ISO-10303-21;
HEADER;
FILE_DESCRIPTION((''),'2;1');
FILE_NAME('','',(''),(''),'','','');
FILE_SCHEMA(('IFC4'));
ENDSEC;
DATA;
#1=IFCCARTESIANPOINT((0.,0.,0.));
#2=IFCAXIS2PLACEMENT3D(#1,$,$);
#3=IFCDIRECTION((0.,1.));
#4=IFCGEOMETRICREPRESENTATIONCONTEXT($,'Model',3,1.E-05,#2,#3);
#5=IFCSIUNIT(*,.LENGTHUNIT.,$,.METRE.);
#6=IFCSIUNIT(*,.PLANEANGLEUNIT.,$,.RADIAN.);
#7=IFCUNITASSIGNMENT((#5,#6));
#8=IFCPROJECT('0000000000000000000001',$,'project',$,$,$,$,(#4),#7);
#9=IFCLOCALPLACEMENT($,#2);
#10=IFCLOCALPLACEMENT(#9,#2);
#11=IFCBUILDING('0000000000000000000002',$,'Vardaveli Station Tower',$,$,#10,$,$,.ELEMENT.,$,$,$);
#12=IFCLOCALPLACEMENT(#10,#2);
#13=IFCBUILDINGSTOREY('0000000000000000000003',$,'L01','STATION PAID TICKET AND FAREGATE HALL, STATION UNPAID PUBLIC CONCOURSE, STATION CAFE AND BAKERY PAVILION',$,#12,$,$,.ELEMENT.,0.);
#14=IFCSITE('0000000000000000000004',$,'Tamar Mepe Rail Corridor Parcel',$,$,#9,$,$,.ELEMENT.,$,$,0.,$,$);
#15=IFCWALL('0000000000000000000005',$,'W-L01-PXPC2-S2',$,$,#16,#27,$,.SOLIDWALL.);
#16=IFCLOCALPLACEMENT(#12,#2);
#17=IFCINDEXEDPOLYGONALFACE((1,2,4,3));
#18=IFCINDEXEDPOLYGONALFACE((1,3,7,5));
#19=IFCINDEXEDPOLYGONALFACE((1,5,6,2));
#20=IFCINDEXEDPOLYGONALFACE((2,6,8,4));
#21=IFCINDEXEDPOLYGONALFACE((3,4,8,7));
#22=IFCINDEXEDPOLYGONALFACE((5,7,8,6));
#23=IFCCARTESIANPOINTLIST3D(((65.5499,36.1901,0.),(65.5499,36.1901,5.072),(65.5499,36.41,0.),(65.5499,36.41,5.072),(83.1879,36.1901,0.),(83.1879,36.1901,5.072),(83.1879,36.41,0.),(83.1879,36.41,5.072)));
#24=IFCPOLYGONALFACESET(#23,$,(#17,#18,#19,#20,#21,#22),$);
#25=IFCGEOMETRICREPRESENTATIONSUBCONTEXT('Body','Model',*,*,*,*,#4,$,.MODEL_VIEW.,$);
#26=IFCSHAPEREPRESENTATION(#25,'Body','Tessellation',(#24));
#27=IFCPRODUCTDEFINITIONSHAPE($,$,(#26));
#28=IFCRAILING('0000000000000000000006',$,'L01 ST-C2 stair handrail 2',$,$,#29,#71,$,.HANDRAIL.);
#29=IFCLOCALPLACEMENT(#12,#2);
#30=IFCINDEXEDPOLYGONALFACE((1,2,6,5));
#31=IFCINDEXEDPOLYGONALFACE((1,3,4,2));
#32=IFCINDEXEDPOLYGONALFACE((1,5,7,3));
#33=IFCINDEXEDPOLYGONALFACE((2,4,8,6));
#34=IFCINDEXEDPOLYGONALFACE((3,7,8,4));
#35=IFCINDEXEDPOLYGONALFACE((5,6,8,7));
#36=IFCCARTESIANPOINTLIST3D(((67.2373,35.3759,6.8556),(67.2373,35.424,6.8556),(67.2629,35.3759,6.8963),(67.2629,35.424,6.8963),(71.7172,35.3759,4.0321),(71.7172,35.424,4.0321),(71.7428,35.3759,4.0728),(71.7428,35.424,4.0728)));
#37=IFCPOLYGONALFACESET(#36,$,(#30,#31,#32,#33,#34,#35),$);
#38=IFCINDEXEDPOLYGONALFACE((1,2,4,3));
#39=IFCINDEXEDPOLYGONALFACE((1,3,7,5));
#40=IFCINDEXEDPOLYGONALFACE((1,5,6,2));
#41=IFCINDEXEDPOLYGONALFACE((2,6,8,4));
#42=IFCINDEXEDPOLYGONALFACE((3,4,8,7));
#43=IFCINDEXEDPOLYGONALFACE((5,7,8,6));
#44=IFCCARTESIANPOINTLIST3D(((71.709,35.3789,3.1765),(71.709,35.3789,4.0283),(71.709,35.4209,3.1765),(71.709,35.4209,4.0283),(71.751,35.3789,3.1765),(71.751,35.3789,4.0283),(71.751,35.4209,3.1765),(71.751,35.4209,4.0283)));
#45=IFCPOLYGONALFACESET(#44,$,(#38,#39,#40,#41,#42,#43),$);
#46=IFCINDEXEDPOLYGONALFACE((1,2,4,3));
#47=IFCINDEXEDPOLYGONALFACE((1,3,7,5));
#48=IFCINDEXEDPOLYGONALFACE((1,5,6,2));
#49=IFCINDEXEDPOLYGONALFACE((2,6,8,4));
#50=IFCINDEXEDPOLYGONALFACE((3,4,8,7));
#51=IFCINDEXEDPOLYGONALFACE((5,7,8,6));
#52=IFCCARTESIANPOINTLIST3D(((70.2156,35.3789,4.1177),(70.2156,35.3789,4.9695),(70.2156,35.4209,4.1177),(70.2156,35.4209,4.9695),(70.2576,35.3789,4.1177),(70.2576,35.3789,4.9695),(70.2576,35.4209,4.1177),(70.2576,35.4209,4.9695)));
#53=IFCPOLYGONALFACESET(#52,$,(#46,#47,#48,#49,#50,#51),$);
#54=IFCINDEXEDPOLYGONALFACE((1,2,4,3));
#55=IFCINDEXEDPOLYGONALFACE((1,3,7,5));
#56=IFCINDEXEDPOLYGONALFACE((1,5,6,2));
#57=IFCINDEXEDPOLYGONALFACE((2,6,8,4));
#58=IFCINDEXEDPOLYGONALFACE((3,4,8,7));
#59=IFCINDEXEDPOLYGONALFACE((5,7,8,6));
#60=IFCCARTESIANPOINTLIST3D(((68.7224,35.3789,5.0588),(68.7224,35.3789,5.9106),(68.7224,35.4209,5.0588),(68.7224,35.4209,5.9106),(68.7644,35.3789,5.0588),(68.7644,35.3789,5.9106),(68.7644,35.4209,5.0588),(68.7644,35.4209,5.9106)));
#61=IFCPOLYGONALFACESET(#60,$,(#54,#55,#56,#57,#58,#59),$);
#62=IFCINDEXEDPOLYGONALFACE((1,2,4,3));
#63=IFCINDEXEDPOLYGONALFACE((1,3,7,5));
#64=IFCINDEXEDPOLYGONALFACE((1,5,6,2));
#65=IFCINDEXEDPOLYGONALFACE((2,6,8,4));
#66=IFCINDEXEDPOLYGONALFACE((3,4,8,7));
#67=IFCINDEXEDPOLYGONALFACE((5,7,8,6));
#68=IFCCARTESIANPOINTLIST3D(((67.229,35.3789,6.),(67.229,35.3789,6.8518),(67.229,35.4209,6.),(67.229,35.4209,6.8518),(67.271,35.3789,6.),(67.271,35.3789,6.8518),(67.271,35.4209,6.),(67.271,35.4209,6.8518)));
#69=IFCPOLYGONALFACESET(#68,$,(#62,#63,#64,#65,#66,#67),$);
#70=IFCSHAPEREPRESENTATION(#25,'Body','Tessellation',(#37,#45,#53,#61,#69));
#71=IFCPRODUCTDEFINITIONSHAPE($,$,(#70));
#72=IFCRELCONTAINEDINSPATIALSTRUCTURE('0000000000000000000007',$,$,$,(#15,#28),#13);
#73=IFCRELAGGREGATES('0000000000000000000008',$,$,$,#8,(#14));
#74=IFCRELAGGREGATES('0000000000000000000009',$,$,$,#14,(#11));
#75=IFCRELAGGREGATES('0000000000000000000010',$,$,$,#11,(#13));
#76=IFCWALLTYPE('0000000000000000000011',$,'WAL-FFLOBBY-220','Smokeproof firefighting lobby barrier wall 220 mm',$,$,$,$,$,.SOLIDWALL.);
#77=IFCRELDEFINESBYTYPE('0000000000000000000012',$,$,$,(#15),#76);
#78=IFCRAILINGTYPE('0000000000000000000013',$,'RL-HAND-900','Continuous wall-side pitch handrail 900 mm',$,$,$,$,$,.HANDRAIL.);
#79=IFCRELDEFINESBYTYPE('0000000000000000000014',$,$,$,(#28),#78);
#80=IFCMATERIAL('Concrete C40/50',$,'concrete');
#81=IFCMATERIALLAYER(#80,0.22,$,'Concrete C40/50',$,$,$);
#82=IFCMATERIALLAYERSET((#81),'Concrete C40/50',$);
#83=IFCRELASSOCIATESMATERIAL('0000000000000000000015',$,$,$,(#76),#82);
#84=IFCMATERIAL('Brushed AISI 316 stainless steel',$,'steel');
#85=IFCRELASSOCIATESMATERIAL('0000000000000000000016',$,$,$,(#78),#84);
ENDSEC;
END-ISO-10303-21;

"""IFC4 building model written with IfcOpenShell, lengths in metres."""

from ifc_helpers import new_model, si_unit, direction, frame, frame_2d, origin, origin_2d, place, context, subcontext, project, spatial, rectangle, extrude, source, transform, mapped, material, layer, layer_set, type_object, element, save


model = new_model("IFC4")

# Units and contexts
model_context = context("Model", 3, precision=1e-05, world=origin(), true_north=direction((0.0, 1.0)))
body_context = subcontext(model_context, "Body", "Model", "MODEL_VIEW")
ifc_project = project(units=[si_unit("LENGTHUNIT", "METRE"), si_unit("PLANEANGLEUNIT", "RADIAN")], contexts=[model_context])

# Site, building, storey
site_placement = place(None, origin())
site = spatial("IfcSite", under=ifc_project, at=site_placement, Name="Tamar Mepe Rail Corridor Parcel", CompositionType="ELEMENT", RefElevation=0.0)
building_placement = place(site_placement, origin())
building = spatial("IfcBuilding", under=site, at=building_placement, Name="Vardaveli Station Tower", CompositionType="ELEMENT")
storey_placement = place(building_placement, origin())
storey = spatial("IfcBuildingStorey", under=building, at=storey_placement, Name="L01", Description="STATION PAID TICKET AND FAREGATE HALL, STATION UNPAID PUBLIC CONCOURSE, STATION CAFE AND BAKERY PAVILION", CompositionType="ELEMENT", Elevation=0.0)

# Wall
ifc_material_1 = material(Name="Concrete C40/50", Category="concrete")
ifc_layer_1 = layer(ifc_material_1, 0.22, Name="Concrete C40/50")
ifc_layer_set_1 = layer_set([ifc_layer_1], Name="Concrete C40/50")
wall_type_1 = type_object("IfcWallType", Name="WAL-FFLOBBY-220", Description="Smokeproof firefighting lobby barrier wall 220 mm", PredefinedType="SOLIDWALL", material=ifc_layer_set_1)
shared_shape_1 = source(origin(), body_context, "Body", "SweptSolid", [
    extrude(rectangle(XDim=17.6379, YDim=0.22, at=frame_2d((8.8188, 0.0))), origin(), (0.0, 0.0, 1.0), 5.072),
])
wall_1_placement = place(storey_placement, frame((65.55, 36.3, 0.0), z_axis=(0.0, 0.0, 1.0), x_axis=(1.0, 0.0, 0.0)))
element("IfcWall", 1, at=wall_1_placement, inside=storey, type_object=wall_type_1, Name="W-L01-PXPC2-S2", PredefinedType="SOLIDWALL", context=body_context, shape_type="MappedRepresentation", body=[
    mapped(shared_shape_1, transform((0.0, 0.0, 0.0), scale=1.0)),
])

# Railing
ifc_material_2 = material(Name="Brushed AISI 316 stainless steel", Category="steel")
railing_type_1 = type_object("IfcRailingType", Name="RL-HAND-900", Description="Continuous wall-side pitch handrail 900 mm", PredefinedType="HANDRAIL", material=ifc_material_2)
shared_shape_2 = source(origin(), body_context, "Body", "SweptSolid", [
    extrude(rectangle(XDim=0.0481, YDim=0.0481, at=origin_2d()), frame((0.0, 0.0, 0.876), z_axis=(-0.845998, 0.0, 0.533186), x_axis=(0.0, -1.0, 0.0)), (0.0, 0.0, 1.0), 5.2954),
    extrude(rectangle(XDim=0.042, YDim=0.042, at=origin_2d()), origin(), (0.0, 0.0, 1.0), 0.8518),
    extrude(rectangle(XDim=0.042, YDim=0.042, at=origin_2d()), frame((-1.4934, 0.0, 0.9412)), (0.0, 0.0, 1.0), 0.8518),
    extrude(rectangle(XDim=0.042, YDim=0.042, at=origin_2d()), frame((-2.9866, 0.0, 1.8823)), (0.0, 0.0, 1.0), 0.8518),
    extrude(rectangle(XDim=0.042, YDim=0.042, at=origin_2d()), frame((-4.48, 0.0, 2.8235)), (0.0, 0.0, 1.0), 0.8518),
])
railing_1_placement = place(storey_placement, frame((71.73, 35.3999, 3.1765)))
element("IfcRailing", 2, at=railing_1_placement, inside=storey, type_object=railing_type_1, Name="L01 ST-C2 stair handrail 2", PredefinedType="HANDRAIL", context=body_context, shape_type="MappedRepresentation", body=[
    mapped(shared_shape_2, transform((0.0, 0.0, 0.0), scale=1.0)),
])

save(model, "model.ifc")
